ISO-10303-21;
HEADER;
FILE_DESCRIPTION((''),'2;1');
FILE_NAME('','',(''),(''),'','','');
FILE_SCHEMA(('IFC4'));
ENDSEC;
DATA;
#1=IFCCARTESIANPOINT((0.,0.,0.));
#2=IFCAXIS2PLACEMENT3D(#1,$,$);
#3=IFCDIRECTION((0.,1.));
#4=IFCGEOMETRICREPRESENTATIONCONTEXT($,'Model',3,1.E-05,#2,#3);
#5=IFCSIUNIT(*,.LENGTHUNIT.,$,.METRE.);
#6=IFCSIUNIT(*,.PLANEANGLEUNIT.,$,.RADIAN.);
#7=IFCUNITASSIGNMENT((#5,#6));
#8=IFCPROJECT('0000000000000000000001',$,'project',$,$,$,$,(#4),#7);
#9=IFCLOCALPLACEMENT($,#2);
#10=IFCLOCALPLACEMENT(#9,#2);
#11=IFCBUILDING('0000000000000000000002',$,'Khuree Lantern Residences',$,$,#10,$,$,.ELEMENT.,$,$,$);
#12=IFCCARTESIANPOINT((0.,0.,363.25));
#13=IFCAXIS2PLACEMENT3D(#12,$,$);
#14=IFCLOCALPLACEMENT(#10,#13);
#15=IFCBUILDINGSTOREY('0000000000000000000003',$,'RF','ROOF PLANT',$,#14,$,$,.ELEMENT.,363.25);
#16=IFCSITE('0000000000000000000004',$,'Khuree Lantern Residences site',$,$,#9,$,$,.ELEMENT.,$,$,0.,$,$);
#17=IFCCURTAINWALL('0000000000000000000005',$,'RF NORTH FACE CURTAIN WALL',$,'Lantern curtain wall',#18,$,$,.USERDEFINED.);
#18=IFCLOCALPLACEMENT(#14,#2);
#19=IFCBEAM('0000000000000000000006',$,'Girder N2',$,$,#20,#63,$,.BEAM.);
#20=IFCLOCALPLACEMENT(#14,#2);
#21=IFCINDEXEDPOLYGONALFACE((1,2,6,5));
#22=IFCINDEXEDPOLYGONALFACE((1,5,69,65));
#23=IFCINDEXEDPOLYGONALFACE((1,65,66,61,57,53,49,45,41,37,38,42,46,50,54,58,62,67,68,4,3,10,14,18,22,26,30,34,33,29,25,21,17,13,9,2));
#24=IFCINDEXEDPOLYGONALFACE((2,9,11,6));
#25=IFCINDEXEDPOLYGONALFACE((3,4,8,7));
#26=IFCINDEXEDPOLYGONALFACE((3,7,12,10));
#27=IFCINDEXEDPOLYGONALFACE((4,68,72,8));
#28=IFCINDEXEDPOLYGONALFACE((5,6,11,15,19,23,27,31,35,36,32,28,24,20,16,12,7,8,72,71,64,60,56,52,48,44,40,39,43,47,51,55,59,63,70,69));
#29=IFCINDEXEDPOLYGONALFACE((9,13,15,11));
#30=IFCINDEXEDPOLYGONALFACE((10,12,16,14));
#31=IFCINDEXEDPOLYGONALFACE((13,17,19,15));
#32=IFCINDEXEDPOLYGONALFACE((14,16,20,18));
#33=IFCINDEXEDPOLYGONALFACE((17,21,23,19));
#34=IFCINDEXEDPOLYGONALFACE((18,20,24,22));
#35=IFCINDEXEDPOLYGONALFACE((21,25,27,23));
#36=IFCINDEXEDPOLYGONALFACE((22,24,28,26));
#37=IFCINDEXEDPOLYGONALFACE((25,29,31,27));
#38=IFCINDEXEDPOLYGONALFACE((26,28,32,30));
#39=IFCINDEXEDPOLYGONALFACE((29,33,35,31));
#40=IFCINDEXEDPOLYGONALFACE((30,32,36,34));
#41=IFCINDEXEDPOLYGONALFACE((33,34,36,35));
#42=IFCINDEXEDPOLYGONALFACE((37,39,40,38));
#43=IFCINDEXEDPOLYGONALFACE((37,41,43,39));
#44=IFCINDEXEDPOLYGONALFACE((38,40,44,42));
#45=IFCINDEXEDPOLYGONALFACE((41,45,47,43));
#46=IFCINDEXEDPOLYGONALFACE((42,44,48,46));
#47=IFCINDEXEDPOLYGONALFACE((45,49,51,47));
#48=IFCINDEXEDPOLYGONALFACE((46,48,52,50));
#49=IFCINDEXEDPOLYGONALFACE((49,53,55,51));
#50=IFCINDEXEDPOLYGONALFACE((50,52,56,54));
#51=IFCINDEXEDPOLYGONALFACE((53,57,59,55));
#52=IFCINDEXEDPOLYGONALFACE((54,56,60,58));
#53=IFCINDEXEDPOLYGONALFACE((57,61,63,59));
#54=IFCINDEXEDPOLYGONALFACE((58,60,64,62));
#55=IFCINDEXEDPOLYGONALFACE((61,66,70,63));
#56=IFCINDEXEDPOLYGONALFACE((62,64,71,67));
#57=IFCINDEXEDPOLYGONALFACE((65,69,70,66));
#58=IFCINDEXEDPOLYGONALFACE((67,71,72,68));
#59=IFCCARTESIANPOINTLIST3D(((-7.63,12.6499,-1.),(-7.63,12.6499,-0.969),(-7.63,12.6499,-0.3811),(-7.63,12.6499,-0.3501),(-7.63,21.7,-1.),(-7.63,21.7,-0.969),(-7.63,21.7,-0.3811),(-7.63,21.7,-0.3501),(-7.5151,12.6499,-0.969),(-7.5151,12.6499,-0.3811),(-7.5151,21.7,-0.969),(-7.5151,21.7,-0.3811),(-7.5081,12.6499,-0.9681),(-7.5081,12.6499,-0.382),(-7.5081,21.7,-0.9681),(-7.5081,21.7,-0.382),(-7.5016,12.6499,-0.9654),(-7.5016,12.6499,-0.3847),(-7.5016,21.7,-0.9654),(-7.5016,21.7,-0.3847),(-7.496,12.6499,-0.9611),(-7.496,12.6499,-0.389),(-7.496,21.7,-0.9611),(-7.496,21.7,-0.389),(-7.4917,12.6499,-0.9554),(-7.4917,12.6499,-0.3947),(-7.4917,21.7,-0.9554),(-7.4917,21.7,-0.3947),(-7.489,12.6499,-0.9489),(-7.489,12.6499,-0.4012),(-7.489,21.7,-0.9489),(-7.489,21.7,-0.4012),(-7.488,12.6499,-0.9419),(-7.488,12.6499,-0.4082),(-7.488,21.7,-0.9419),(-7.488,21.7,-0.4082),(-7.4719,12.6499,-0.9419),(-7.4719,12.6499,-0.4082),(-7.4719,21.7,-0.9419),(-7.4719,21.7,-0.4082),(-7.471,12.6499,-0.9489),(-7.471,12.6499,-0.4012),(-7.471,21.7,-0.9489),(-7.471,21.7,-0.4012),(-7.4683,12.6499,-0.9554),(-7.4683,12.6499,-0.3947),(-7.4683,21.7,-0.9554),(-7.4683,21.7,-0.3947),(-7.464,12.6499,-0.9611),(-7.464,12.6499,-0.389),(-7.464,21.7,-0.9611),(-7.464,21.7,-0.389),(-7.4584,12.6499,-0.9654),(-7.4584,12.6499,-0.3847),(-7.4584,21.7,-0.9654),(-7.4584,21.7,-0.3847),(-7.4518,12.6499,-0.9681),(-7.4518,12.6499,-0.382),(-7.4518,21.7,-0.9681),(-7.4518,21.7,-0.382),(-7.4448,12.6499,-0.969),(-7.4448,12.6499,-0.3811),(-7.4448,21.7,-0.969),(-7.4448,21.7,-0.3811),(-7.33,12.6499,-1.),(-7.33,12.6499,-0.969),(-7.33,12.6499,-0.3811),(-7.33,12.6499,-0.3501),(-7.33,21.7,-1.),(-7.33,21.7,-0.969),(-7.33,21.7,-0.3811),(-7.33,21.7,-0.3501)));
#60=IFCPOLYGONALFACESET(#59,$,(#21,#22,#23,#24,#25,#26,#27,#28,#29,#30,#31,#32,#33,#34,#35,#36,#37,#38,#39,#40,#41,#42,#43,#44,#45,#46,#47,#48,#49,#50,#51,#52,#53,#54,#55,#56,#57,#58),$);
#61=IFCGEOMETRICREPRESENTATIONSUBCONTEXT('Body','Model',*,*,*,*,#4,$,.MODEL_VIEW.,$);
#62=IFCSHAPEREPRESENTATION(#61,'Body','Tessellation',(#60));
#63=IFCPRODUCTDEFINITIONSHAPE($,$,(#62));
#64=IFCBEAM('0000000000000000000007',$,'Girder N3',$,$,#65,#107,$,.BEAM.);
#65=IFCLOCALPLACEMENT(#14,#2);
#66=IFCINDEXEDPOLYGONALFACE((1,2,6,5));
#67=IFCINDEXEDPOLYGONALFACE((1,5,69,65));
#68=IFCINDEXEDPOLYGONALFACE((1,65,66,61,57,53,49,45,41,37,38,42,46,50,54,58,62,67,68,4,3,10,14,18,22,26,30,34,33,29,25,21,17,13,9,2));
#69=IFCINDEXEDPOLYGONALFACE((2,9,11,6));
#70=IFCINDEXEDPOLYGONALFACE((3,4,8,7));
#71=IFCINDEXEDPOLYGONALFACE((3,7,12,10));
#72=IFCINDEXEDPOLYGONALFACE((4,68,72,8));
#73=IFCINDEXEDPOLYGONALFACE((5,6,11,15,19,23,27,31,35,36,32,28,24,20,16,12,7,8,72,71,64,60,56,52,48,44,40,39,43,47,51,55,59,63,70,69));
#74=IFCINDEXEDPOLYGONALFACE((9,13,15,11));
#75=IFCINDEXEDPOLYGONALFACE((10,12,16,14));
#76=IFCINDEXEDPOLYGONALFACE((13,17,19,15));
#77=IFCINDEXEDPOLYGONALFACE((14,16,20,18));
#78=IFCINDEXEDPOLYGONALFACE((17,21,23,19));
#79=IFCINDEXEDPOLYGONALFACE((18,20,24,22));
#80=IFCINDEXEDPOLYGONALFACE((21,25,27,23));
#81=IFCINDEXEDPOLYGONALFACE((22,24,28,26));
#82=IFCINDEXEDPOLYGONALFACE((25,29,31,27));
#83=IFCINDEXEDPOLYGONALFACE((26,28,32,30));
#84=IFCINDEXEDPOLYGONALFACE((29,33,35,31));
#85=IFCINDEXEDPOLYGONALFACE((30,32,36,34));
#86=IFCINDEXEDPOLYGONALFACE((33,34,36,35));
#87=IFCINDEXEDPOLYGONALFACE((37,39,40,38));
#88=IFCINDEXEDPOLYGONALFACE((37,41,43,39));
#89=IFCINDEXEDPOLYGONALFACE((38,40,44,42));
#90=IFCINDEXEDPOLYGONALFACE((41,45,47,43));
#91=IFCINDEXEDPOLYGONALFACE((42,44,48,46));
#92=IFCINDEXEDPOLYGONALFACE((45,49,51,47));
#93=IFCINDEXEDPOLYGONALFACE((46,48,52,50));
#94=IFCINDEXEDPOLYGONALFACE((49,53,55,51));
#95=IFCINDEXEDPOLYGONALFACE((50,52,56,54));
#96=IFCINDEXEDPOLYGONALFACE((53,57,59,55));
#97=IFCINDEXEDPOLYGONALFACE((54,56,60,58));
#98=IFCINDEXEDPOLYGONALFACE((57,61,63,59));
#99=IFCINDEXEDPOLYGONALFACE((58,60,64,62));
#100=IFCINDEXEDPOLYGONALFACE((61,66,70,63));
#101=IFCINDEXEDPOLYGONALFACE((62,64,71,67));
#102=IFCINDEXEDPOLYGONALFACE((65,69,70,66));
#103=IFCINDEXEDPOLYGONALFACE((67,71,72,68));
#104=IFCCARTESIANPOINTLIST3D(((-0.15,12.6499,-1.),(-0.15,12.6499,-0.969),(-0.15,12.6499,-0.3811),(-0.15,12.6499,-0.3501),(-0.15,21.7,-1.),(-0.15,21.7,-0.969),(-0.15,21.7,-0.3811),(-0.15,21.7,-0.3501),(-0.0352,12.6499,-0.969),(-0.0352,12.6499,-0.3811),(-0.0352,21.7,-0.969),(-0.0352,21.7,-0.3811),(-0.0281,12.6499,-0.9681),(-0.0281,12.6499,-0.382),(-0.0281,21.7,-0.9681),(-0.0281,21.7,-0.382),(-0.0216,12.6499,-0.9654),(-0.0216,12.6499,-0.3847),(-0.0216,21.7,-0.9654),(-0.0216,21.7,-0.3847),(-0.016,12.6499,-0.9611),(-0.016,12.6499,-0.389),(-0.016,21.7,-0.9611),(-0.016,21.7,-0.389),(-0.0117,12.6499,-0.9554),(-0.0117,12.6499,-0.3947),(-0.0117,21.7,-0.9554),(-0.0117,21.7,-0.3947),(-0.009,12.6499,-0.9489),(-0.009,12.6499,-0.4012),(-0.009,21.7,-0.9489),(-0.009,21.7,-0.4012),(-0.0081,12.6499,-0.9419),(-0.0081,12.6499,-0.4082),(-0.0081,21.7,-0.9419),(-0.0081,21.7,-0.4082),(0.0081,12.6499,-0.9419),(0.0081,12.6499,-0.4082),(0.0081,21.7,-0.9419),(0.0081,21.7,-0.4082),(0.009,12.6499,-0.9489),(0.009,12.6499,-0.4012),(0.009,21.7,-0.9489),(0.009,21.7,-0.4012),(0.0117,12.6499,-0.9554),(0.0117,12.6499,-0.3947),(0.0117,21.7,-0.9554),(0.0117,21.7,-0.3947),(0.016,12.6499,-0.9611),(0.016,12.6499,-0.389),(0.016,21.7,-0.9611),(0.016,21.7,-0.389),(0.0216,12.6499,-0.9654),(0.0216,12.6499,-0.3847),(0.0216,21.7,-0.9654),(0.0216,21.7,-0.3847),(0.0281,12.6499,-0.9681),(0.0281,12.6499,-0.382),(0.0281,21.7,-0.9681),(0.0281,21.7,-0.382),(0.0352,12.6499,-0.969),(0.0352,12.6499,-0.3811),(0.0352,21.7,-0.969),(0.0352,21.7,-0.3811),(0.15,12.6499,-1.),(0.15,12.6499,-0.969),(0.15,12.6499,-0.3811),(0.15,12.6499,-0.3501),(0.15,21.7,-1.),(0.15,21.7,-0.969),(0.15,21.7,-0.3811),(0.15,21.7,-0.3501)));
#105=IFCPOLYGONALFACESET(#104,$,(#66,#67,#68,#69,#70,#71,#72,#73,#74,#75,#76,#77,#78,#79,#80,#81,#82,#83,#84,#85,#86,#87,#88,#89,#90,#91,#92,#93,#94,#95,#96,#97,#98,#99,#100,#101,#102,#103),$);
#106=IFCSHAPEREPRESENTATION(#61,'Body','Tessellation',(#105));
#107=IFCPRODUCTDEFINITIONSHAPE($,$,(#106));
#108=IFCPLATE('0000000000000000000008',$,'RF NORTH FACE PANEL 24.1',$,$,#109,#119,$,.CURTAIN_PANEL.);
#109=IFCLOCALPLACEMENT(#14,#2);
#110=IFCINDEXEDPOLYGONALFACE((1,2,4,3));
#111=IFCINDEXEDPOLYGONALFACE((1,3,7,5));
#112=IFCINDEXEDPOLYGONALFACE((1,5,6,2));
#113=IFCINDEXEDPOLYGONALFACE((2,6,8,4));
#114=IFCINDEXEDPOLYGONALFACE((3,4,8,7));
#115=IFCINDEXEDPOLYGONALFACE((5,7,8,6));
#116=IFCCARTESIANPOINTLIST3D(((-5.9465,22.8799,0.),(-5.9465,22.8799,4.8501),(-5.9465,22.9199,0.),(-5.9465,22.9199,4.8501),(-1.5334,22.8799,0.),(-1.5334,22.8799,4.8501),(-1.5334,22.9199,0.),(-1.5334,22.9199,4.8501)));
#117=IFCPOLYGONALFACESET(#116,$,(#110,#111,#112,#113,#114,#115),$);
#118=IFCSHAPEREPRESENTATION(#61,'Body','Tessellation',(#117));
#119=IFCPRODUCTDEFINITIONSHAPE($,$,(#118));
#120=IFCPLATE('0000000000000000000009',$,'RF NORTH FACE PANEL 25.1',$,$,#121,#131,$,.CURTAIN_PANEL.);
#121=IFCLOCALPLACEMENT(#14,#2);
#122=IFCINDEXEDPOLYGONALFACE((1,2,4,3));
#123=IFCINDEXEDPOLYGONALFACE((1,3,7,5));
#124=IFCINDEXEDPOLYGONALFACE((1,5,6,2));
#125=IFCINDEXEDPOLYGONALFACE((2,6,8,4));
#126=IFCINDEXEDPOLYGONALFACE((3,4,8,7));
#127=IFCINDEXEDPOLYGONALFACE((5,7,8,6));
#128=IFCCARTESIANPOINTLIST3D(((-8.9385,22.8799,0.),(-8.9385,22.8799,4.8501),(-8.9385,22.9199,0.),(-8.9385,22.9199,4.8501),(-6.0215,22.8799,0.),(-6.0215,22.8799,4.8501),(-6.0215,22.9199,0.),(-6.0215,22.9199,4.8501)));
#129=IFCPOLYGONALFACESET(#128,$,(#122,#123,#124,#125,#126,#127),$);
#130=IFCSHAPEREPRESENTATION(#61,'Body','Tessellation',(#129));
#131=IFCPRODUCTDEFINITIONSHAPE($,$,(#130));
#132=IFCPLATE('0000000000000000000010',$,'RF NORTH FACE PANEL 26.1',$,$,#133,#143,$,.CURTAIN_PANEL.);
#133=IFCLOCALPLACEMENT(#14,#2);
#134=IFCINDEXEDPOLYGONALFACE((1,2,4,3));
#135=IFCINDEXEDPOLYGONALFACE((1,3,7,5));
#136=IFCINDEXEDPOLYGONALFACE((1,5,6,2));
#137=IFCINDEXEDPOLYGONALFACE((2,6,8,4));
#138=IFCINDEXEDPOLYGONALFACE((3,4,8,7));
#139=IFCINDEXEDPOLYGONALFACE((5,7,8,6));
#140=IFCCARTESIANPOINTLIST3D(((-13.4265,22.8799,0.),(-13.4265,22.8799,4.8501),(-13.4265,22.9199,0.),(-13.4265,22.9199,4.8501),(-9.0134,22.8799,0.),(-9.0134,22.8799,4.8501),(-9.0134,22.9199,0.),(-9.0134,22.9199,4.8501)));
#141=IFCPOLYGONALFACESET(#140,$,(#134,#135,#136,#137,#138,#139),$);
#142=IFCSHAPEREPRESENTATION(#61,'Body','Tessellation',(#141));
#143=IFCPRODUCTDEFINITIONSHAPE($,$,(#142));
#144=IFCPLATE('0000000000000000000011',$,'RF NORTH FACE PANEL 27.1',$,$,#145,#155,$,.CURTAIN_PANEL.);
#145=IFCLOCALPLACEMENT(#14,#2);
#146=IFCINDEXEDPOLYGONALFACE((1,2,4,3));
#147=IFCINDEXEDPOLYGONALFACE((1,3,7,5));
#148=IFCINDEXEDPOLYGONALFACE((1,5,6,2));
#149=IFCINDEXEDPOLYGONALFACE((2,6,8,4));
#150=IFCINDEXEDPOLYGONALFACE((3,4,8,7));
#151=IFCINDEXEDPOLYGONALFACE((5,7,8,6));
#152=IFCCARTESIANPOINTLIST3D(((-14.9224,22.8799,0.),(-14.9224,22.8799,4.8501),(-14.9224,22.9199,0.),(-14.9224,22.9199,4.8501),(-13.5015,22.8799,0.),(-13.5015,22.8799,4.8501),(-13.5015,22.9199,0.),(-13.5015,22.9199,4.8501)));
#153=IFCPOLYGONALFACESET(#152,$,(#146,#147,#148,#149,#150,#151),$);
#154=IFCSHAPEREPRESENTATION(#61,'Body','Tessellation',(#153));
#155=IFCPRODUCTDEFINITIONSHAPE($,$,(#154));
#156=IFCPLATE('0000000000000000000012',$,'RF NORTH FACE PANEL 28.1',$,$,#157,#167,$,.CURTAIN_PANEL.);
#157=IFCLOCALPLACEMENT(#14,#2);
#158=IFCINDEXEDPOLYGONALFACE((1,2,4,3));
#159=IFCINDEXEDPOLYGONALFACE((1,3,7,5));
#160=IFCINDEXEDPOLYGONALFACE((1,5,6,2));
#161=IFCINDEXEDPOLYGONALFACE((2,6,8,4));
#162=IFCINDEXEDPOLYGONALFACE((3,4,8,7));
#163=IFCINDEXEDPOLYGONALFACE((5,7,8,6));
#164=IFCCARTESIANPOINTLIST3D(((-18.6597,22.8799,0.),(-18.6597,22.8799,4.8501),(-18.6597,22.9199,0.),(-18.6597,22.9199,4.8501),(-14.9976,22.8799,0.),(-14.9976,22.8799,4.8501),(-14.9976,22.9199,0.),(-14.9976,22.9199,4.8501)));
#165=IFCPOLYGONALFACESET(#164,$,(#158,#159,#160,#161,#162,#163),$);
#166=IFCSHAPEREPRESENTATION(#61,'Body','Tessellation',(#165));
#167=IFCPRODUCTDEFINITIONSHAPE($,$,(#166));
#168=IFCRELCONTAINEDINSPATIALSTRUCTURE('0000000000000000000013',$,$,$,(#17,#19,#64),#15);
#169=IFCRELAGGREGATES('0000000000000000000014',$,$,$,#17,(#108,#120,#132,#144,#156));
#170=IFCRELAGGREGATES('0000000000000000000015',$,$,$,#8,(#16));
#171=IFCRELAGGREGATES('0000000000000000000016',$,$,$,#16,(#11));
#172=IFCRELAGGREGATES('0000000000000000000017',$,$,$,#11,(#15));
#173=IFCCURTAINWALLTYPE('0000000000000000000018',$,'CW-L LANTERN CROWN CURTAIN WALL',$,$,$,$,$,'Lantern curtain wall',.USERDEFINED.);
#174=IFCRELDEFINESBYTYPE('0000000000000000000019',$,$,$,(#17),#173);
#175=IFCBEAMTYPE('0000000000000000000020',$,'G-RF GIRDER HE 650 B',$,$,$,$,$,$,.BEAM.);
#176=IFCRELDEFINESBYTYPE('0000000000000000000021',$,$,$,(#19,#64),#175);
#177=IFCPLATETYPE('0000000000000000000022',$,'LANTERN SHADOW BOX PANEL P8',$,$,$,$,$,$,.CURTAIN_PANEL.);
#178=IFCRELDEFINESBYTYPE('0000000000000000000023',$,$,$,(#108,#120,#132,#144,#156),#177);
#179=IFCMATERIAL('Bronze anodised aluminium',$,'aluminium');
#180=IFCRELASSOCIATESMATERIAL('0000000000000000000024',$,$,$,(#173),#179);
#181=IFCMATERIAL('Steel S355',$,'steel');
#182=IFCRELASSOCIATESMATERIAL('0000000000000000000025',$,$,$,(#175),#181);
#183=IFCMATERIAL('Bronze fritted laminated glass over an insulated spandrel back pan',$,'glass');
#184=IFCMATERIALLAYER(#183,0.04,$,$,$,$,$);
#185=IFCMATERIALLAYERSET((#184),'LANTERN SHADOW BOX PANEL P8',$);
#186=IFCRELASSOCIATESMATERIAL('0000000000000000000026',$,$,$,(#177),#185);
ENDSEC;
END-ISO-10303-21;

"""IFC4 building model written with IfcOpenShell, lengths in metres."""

from ifc_helpers import new_model, si_unit, direction, frame, origin, origin_2d, place, context, subcontext, project, spatial, rectangle, i_section, extrude, material, layer, layer_set, material_profile, profile_set, type_object, element, aggregate, save


model = new_model("IFC4")

# Units and contexts
model_context = context("Model", 3, precision=1e-05, world=origin(), true_north=direction((0.0, 1.0)))
body_context = subcontext(model_context, "Body", "Model", "MODEL_VIEW")
ifc_project = project(units=[si_unit("LENGTHUNIT", "METRE"), si_unit("PLANEANGLEUNIT", "RADIAN")], contexts=[model_context])

# Site, building, storey
site_placement = place(None, origin())
site = spatial("IfcSite", under=ifc_project, at=site_placement, Name="Khuree Lantern Residences site", CompositionType="ELEMENT", RefElevation=0.0)
building_placement = place(site_placement, origin())
building = spatial("IfcBuilding", under=site, at=building_placement, Name="Khuree Lantern Residences", CompositionType="ELEMENT")
storey_placement = place(building_placement, frame((0.0, 0.0, 363.25)))
storey = spatial("IfcBuildingStorey", under=building, at=storey_placement, Name="RF", Description="ROOF PLANT", CompositionType="ELEMENT", Elevation=363.25)

# Shared definitions
ifc_material_1 = material(Name="Steel S355", Category="steel")

# Curtain wall
ifc_material_2 = material(Name="Bronze anodised aluminium", Category="aluminium")
curtain_wall_type = type_object("IfcCurtainWallType", Name="CW-L LANTERN CROWN CURTAIN WALL", ElementType="Lantern curtain wall", PredefinedType="USERDEFINED", material=ifc_material_2)
curtain_wall_placement = place(storey_placement, origin())
curtain_wall = element("IfcCurtainWall", 1, at=curtain_wall_placement, inside=storey, type_object=curtain_wall_type, Name="RF NORTH FACE CURTAIN WALL", ObjectType="Lantern curtain wall", PredefinedType="USERDEFINED")

# Beams
ifc_material_profile_1 = material_profile(ifc_material_1, i_section(OverallWidth=0.3, OverallDepth=0.6499, WebThickness=0.0161, FlangeThickness=0.031, FilletRadius=0.0271, at=origin_2d()), Name="HE 650 B")
ifc_profile_set_1 = profile_set([ifc_material_profile_1], Name="Steel S355")
beam_type_1 = type_object("IfcBeamType", Name="G-RF GIRDER HE 650 B", PredefinedType="BEAM", material=ifc_profile_set_1)
for number, where, z_axis, x_axis, name in (
    (2, (-7.48, 21.7, -0.675), (0.0, -1.0, 0.0), (1.0, 0.0, 0.0), "Girder N2"),
    (3, (0.0, 21.7, -0.675), (0.0, -1.0, 0.0), (1.0, 0.0, 0.0), "Girder N3"),
):
    element("IfcBeam", number, at=place(storey_placement, frame(where, z_axis=z_axis, x_axis=x_axis)), inside=storey, type_object=beam_type_1, Name=name, PredefinedType="BEAM", context=body_context, shape_type="SweptSolid", body=[
        extrude(i_section(OverallWidth=0.3, OverallDepth=0.6499, WebThickness=0.0161, FlangeThickness=0.031, FilletRadius=0.0271, at=origin_2d()), origin(), (0.0, 0.0, 1.0), 9.05),
    ])

# Plates
ifc_material_3 = material(Name="Bronze fritted laminated glass over an insulated spandrel back pan", Category="glass")
ifc_layer = layer(ifc_material_3, 0.04)
ifc_layer_set = layer_set([ifc_layer], Name="LANTERN SHADOW BOX PANEL P8")
plate_type = type_object("IfcPlateType", Name="LANTERN SHADOW BOX PANEL P8", PredefinedType="CURTAIN_PANEL", material=ifc_layer_set)
plate_1_placement = place(storey_placement, frame((-3.74, 22.8999, 0.0), z_axis=(0.0, 0.0, 1.0), x_axis=(-1.0, 0.0, 0.0)))
plate_1 = element("IfcPlate", 4, at=plate_1_placement, type_object=plate_type, Name="RF NORTH FACE PANEL 24.1", PredefinedType="CURTAIN_PANEL", context=body_context, shape_type="SweptSolid", body=[
    extrude(rectangle(XDim=4.4131, YDim=0.04, at=origin_2d()), origin(), (0.0, 0.0, 1.0), 4.8501),
])
plate_2_placement = place(storey_placement, frame((-7.48, 22.8999, 0.0), z_axis=(0.0, 0.0, 1.0), x_axis=(-1.0, 0.0, 0.0)))
plate_2 = element("IfcPlate", 5, at=plate_2_placement, type_object=plate_type, Name="RF NORTH FACE PANEL 25.1", PredefinedType="CURTAIN_PANEL", context=body_context, shape_type="SweptSolid", body=[
    extrude(rectangle(XDim=2.917, YDim=0.04, at=origin_2d()), origin(), (0.0, 0.0, 1.0), 4.8501),
])
plate_3_placement = place(storey_placement, frame((-11.22, 22.8999, 0.0), z_axis=(0.0, 0.0, 1.0), x_axis=(-1.0, 0.0, 0.0)))
plate_3 = element("IfcPlate", 6, at=plate_3_placement, type_object=plate_type, Name="RF NORTH FACE PANEL 26.1", PredefinedType="CURTAIN_PANEL", context=body_context, shape_type="SweptSolid", body=[
    extrude(rectangle(XDim=4.4131, YDim=0.04, at=origin_2d()), origin(), (0.0, 0.0, 1.0), 4.8501),
])
plate_4_placement = place(storey_placement, frame((-14.2119, 22.8999, 0.0), z_axis=(0.0, 0.0, 1.0), x_axis=(-1.0, 0.0, 0.0)))
plate_4 = element("IfcPlate", 7, at=plate_4_placement, type_object=plate_type, Name="RF NORTH FACE PANEL 27.1", PredefinedType="CURTAIN_PANEL", context=body_context, shape_type="SweptSolid", body=[
    extrude(rectangle(XDim=1.4209, YDim=0.04, at=origin_2d()), origin(), (0.0, 0.0, 1.0), 4.8501),
])
plate_5_placement = place(storey_placement, frame((-16.8286, 22.8999, 0.0), z_axis=(0.0, 0.0, 1.0), x_axis=(-1.0, 0.0, 0.0)))
plate_5 = element("IfcPlate", 8, at=plate_5_placement, type_object=plate_type, Name="RF NORTH FACE PANEL 28.1", PredefinedType="CURTAIN_PANEL", context=body_context, shape_type="SweptSolid", body=[
    extrude(rectangle(XDim=3.6621, YDim=0.04, at=origin_2d()), origin(), (0.0, 0.0, 1.0), 4.8501),
])
aggregate(curtain_wall, [plate_1, plate_2, plate_3, plate_4, plate_5])

save(model, "model.ifc")
